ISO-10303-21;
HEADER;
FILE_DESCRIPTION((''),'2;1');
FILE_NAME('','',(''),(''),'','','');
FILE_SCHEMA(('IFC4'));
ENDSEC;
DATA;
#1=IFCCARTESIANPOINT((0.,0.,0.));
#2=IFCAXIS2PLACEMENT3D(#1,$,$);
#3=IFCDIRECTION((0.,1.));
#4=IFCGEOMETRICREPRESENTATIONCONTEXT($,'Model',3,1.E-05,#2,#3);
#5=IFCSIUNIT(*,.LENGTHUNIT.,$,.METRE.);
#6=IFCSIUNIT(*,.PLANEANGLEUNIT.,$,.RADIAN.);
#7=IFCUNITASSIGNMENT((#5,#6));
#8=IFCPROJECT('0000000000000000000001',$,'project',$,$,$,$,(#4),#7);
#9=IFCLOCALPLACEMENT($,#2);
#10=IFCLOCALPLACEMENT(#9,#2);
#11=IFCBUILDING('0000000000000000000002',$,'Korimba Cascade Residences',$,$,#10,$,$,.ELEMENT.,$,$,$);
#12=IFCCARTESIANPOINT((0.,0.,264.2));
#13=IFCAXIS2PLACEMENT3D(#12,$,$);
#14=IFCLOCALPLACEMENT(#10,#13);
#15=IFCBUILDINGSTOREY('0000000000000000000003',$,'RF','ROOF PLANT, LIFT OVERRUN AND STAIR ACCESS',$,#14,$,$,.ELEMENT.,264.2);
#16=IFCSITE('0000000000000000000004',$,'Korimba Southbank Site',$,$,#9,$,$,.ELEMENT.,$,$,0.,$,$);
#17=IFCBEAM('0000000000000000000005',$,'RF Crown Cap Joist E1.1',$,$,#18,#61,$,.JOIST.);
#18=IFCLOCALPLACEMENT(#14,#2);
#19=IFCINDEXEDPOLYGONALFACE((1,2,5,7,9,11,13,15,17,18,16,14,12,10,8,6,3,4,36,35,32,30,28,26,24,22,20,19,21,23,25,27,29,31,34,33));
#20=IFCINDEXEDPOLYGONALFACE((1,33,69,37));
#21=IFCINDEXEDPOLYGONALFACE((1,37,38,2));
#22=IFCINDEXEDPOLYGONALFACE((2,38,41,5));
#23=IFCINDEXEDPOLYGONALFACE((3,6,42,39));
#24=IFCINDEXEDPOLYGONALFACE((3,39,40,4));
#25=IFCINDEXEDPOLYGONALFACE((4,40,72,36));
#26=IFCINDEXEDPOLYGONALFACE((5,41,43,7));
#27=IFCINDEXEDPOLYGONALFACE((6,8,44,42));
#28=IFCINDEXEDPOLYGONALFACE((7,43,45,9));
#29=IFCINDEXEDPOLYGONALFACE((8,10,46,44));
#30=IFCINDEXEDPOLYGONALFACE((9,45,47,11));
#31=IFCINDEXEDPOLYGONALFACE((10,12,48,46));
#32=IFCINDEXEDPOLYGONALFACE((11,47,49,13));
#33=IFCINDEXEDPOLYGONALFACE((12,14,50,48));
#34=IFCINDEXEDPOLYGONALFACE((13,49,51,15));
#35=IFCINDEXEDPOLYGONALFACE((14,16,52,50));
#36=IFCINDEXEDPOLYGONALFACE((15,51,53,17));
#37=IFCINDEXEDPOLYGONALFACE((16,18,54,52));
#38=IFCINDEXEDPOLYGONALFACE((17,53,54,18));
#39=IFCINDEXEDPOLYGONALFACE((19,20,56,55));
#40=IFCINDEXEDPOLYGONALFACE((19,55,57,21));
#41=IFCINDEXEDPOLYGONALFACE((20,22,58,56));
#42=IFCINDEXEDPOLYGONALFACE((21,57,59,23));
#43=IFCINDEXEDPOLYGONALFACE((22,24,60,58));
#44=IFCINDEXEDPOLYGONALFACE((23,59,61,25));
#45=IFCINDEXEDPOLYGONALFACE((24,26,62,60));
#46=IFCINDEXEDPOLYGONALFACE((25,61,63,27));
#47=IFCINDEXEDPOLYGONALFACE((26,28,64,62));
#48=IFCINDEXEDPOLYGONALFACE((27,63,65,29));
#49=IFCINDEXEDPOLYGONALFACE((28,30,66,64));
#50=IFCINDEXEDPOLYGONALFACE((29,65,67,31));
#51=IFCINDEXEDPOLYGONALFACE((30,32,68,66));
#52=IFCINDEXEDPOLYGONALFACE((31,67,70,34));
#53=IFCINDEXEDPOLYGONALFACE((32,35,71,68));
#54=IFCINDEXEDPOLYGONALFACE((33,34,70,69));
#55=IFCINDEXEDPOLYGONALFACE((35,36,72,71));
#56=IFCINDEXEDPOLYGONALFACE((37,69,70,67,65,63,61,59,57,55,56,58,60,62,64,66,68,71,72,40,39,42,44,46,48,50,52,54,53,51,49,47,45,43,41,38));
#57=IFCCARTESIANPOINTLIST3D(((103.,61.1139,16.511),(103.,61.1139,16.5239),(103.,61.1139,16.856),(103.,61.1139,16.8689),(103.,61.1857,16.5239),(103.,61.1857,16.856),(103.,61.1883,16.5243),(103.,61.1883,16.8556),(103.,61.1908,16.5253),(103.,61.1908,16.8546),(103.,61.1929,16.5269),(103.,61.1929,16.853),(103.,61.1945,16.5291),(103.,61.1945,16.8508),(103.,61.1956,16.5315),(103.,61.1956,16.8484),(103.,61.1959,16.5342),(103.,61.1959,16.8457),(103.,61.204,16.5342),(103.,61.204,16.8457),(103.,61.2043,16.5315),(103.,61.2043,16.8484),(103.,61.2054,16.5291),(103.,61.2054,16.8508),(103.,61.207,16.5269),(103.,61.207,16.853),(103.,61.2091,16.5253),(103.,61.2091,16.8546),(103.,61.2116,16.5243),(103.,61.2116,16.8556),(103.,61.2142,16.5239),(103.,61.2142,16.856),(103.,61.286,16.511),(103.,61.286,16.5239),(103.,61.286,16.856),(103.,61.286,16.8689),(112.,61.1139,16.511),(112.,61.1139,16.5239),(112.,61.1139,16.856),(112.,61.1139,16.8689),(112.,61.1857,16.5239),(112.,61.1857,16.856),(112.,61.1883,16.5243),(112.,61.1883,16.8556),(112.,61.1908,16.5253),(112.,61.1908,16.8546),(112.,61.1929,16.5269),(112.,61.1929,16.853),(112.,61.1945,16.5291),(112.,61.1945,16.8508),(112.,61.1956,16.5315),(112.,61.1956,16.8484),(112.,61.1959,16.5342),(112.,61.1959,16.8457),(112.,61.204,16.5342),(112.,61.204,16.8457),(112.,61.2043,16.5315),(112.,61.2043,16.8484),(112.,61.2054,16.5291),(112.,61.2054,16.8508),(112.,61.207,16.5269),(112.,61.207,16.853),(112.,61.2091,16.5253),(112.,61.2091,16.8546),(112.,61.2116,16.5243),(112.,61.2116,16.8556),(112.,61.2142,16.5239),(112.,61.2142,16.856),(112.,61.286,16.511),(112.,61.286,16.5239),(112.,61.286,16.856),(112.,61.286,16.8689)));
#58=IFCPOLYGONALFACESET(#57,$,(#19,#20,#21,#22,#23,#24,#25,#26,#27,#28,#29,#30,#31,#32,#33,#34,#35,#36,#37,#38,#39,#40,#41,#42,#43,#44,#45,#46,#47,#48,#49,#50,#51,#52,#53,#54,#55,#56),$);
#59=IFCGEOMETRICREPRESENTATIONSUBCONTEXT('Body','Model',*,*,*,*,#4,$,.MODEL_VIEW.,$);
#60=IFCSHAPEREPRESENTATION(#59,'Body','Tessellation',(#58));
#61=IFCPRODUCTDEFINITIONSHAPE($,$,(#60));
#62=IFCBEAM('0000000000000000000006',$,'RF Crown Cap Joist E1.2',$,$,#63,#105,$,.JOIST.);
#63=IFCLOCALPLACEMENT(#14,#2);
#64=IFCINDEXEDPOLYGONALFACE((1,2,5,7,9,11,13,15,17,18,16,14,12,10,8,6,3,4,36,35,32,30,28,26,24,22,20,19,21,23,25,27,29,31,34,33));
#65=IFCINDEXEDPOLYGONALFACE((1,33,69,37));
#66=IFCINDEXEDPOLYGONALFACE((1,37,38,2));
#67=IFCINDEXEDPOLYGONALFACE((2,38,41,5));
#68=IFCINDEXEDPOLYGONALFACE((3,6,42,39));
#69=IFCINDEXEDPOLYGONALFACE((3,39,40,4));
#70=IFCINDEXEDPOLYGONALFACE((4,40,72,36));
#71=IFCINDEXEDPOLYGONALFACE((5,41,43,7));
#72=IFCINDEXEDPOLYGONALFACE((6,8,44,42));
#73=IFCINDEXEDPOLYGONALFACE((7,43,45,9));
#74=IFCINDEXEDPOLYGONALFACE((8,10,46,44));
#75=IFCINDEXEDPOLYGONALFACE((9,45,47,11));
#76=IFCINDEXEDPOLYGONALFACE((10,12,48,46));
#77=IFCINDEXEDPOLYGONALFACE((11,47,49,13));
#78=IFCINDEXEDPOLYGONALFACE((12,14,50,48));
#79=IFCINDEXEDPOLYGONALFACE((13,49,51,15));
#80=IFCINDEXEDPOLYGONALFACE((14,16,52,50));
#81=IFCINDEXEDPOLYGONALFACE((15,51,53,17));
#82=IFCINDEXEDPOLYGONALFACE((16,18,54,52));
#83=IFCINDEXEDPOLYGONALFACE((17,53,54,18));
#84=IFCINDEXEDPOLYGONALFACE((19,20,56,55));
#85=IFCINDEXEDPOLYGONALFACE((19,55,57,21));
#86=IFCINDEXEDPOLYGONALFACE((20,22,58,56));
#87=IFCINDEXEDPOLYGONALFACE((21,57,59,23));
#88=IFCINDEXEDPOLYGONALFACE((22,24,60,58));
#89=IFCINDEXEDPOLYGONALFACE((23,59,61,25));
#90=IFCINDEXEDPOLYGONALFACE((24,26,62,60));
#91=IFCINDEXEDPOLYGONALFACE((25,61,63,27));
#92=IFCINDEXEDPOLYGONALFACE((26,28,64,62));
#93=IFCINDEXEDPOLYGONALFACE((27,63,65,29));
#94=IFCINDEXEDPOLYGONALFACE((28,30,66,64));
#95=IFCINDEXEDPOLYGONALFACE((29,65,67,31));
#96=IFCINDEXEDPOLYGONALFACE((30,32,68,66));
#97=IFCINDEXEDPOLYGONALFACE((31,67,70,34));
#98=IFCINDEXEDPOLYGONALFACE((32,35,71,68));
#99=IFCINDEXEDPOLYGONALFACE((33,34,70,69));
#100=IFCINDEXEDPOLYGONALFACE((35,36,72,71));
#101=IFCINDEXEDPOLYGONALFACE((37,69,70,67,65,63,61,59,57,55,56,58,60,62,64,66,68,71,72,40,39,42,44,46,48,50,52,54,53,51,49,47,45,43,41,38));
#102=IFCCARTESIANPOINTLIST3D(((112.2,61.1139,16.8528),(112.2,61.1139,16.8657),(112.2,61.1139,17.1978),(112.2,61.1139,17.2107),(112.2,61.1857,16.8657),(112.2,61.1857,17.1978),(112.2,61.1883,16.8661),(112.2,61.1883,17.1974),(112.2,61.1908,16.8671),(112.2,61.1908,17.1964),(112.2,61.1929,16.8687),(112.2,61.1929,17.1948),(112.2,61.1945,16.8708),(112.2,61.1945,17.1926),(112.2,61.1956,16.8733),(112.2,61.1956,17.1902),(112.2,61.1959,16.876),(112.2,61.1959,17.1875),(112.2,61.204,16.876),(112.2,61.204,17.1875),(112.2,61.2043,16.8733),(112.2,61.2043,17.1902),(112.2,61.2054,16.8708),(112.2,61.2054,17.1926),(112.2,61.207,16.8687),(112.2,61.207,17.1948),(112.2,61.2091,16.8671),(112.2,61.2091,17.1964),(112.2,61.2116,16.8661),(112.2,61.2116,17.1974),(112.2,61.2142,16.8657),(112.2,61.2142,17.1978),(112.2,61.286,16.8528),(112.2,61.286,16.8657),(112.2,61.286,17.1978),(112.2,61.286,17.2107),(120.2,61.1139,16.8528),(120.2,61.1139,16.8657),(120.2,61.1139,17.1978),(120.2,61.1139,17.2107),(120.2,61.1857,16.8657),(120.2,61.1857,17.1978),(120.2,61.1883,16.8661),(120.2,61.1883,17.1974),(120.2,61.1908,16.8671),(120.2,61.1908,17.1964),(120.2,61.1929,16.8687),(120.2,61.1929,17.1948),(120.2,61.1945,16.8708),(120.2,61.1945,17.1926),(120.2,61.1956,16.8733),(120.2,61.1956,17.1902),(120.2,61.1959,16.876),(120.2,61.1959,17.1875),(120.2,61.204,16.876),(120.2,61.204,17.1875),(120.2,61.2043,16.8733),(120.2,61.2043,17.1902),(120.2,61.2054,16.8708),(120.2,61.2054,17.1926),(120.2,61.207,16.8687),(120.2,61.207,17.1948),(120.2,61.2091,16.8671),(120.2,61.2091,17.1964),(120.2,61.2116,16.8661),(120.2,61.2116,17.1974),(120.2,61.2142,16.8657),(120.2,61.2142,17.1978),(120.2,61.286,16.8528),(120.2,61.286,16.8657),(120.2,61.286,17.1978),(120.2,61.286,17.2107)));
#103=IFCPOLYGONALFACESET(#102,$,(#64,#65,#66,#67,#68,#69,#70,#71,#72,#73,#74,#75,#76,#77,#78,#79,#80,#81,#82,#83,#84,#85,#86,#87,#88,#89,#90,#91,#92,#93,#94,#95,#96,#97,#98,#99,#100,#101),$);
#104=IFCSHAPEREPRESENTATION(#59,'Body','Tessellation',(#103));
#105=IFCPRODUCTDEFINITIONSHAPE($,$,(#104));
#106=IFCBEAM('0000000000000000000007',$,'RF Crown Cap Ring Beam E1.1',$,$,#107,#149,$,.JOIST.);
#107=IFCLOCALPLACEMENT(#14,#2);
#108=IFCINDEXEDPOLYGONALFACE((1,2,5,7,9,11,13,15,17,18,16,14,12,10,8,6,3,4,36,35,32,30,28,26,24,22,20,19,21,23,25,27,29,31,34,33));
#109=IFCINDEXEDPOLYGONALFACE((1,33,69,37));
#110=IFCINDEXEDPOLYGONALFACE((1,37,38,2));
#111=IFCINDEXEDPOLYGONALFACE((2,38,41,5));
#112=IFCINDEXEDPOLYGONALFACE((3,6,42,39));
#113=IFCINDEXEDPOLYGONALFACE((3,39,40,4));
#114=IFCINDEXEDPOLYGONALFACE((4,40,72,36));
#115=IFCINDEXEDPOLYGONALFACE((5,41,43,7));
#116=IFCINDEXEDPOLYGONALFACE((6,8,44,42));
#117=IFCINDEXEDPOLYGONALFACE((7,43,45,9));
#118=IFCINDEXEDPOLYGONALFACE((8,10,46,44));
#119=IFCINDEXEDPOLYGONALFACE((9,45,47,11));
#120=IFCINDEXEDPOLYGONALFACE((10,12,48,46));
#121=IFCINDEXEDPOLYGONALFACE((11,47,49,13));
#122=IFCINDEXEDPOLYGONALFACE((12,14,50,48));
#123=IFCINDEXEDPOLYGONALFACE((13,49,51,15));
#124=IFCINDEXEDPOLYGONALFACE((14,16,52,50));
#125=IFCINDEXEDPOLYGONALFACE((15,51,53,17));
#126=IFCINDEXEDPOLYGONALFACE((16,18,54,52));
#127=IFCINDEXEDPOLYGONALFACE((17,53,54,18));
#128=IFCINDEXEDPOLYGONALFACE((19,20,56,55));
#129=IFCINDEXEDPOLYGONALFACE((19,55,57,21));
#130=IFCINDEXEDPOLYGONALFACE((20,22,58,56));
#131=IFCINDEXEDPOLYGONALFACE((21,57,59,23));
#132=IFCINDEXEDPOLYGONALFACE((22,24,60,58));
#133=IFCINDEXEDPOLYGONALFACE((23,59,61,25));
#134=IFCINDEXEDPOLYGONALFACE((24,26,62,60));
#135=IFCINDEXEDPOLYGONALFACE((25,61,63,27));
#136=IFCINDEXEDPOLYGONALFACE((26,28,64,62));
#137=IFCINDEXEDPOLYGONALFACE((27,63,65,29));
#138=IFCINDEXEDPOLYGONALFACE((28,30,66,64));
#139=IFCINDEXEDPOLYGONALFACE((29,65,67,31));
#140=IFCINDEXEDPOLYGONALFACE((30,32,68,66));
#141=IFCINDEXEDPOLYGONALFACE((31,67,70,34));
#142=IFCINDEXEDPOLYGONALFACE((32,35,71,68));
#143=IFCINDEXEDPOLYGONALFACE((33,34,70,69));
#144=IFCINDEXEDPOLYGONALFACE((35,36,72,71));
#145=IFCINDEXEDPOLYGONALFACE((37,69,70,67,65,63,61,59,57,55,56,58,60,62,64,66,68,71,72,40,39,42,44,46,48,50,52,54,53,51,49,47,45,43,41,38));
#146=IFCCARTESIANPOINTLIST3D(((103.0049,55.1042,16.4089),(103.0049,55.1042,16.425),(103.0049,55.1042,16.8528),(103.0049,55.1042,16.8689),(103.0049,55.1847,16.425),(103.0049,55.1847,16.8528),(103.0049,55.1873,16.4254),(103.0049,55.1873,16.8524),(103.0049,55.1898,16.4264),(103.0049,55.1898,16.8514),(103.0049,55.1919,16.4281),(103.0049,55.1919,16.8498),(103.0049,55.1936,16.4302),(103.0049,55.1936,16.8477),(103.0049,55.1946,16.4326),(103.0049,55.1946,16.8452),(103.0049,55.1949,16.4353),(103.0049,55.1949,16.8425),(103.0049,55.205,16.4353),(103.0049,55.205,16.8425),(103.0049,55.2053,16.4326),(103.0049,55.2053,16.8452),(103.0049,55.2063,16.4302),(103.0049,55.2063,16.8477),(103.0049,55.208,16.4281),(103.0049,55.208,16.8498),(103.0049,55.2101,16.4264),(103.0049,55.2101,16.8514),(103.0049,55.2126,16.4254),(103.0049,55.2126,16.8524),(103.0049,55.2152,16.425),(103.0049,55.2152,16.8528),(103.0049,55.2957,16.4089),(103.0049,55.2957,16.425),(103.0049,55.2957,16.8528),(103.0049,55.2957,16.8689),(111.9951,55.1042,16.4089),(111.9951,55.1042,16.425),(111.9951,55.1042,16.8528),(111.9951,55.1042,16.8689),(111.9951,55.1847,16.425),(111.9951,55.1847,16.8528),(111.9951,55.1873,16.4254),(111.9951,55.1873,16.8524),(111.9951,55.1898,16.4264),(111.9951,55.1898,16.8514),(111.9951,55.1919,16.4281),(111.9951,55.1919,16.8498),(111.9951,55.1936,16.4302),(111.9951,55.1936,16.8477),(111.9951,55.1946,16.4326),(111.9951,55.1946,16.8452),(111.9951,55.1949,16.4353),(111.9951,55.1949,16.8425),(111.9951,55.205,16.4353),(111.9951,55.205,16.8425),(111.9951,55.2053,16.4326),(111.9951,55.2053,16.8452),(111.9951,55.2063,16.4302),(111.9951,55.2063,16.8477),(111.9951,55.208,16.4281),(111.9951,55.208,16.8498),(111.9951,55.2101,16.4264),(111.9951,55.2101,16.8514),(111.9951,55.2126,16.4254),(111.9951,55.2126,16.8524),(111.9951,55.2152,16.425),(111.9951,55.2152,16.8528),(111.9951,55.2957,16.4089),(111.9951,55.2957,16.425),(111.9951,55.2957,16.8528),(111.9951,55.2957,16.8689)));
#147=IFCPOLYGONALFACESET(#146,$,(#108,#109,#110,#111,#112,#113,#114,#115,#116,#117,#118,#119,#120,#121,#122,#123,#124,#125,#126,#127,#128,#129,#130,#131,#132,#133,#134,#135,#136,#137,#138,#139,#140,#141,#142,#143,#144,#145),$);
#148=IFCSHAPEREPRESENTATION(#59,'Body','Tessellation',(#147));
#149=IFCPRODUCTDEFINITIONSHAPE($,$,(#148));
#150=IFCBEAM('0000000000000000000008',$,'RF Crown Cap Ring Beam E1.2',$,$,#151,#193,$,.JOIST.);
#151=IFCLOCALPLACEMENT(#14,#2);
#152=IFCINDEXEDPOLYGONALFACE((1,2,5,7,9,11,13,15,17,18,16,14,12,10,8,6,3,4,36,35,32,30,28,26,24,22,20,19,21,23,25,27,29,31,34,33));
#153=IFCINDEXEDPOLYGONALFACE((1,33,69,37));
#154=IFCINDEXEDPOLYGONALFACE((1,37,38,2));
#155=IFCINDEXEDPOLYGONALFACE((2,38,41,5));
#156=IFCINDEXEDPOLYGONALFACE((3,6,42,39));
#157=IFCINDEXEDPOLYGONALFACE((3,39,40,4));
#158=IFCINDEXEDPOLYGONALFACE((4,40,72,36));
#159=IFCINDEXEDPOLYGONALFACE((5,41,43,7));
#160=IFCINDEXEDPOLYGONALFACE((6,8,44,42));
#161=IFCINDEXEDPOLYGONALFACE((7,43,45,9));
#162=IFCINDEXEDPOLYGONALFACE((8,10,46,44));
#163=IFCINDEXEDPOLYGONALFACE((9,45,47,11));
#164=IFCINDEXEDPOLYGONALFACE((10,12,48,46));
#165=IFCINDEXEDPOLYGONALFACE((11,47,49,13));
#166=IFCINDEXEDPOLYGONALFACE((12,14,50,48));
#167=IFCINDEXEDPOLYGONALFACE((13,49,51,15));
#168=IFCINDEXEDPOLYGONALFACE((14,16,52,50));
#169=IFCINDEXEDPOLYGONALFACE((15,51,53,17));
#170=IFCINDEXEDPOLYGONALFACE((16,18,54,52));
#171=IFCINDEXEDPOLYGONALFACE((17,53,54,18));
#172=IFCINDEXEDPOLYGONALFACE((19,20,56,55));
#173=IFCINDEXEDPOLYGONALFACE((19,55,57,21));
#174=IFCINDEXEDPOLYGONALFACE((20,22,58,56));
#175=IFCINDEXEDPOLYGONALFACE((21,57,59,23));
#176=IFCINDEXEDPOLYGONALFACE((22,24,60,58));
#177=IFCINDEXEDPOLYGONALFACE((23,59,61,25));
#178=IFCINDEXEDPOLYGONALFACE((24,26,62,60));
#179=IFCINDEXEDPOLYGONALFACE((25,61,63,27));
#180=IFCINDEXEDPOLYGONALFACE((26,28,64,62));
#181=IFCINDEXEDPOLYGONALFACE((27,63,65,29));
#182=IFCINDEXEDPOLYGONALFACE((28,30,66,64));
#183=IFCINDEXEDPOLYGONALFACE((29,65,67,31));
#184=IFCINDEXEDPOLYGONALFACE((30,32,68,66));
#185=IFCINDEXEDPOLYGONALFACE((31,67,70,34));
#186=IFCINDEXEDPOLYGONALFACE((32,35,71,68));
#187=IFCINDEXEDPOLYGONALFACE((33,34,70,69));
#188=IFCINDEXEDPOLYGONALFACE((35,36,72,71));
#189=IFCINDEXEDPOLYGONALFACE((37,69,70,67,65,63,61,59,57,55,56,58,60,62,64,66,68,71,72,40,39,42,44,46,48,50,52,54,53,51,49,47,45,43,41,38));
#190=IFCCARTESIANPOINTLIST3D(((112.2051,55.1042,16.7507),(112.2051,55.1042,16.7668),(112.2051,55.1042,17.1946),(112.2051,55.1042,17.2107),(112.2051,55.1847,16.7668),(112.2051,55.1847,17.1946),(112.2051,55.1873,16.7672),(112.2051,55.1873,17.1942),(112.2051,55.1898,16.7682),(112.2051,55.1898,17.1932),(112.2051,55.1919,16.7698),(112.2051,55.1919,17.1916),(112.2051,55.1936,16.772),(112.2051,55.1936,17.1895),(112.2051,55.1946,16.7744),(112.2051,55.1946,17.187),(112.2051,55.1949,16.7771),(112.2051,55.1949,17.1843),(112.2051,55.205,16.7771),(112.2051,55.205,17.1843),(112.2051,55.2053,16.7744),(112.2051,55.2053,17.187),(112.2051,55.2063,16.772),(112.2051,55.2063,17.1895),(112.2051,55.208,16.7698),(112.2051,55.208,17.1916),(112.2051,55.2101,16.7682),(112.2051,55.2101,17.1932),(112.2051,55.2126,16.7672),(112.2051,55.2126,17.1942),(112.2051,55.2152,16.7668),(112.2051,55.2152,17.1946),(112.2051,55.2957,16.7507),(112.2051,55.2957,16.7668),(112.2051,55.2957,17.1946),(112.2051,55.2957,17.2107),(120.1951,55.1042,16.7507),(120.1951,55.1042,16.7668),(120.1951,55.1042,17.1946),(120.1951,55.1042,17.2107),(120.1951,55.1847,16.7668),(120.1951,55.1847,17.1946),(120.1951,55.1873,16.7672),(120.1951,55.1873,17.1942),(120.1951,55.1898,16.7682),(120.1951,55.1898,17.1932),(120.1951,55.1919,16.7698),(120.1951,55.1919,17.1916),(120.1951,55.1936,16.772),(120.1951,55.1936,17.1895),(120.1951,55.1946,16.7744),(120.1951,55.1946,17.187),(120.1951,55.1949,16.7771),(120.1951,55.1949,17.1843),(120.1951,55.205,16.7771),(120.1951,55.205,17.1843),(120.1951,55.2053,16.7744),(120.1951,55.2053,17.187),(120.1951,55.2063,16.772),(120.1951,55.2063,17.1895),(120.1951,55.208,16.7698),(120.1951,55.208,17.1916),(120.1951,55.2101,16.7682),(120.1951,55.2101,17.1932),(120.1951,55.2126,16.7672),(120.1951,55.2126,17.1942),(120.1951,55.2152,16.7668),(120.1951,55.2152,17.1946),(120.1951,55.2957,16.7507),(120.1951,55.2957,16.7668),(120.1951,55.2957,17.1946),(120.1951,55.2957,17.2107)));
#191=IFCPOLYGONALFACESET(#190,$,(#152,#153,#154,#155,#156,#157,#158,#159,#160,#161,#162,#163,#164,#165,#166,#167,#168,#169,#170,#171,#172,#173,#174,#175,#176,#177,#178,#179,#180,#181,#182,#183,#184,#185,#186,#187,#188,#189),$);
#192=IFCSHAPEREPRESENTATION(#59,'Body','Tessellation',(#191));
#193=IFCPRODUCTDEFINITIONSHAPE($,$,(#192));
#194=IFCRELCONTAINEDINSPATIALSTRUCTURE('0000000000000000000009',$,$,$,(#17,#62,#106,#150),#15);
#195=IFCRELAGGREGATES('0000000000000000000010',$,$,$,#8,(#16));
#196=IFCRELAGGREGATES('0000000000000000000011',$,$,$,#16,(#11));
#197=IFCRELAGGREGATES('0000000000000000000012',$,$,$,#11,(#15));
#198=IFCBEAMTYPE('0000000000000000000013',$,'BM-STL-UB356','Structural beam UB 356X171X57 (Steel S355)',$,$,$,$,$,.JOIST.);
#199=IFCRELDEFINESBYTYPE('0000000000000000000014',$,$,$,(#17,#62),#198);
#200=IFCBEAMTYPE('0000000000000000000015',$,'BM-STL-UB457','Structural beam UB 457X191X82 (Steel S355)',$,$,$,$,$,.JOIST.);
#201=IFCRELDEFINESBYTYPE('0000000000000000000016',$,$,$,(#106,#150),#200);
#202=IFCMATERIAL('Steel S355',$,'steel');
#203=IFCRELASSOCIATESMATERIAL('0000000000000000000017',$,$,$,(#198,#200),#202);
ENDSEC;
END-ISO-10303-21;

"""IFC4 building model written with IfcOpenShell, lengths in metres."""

from ifc_helpers import new_model, si_unit, direction, frame, origin, origin_2d, place, context, subcontext, project, spatial, i_section, extrude, material, material_profile, profile_set, type_object, element, save


model = new_model("IFC4")

# Units and contexts
model_context = context("Model", 3, precision=1e-05, world=origin(), true_north=direction((0.0, 1.0)))
body_context = subcontext(model_context, "Body", "Model", "MODEL_VIEW")
ifc_project = project(units=[si_unit("LENGTHUNIT", "METRE"), si_unit("PLANEANGLEUNIT", "RADIAN")], contexts=[model_context])

# Site, building, storey
site_placement = place(None, origin())
site = spatial("IfcSite", under=ifc_project, at=site_placement, Name="Korimba Southbank Site", CompositionType="ELEMENT", RefElevation=0.0)
building_placement = place(site_placement, origin())
building = spatial("IfcBuilding", under=site, at=building_placement, Name="Korimba Cascade Residences", CompositionType="ELEMENT")
storey_placement = place(building_placement, frame((0.0, 0.0, 264.2)))
storey = spatial("IfcBuildingStorey", under=building, at=storey_placement, Name="RF", Description="ROOF PLANT, LIFT OVERRUN AND STAIR ACCESS", CompositionType="ELEMENT", Elevation=264.2)

# Beams
ifc_material_1 = material(Name="Steel S355", Category="steel")
ifc_material_profile_1 = material_profile(ifc_material_1, i_section(OverallWidth=0.1721, OverallDepth=0.3579, WebThickness=0.0081, FlangeThickness=0.0129, FilletRadius=0.0103, at=origin_2d()), Name="Steel S355")
ifc_profile_set_1 = profile_set([ifc_material_profile_1], Name="Steel S355")
beam_type_1 = type_object("IfcBeamType", Name="BM-STL-UB356", Description="Structural beam UB 356X171X57 (Steel S355)", PredefinedType="JOIST", material=ifc_profile_set_1)
beam_1_placement = place(storey_placement, frame((103.0, 61.2, 16.6899), z_axis=(1.0, 0.0, 0.0), x_axis=(0.0, 1.0, 0.0)))
element("IfcBeam", 1, at=beam_1_placement, inside=storey, type_object=beam_type_1, Name="RF Crown Cap Joist E1.1", PredefinedType="JOIST", context=body_context, shape_type="SweptSolid", body=[
    extrude(i_section(OverallWidth=0.1721, OverallDepth=0.3579, WebThickness=0.0081, FlangeThickness=0.0129, FilletRadius=0.0103, at=origin_2d()), origin(), (0.0, 0.0, 1.0), 9.0),
])
beam_2_placement = place(storey_placement, frame((112.2, 61.2, 17.0317), z_axis=(1.0, 0.0, 0.0), x_axis=(0.0, 1.0, 0.0)))
element("IfcBeam", 2, at=beam_2_placement, inside=storey, type_object=beam_type_1, Name="RF Crown Cap Joist E1.2", PredefinedType="JOIST", context=body_context, shape_type="SweptSolid", body=[
    extrude(i_section(OverallWidth=0.1721, OverallDepth=0.3579, WebThickness=0.0081, FlangeThickness=0.0129, FilletRadius=0.0103, at=origin_2d()), origin(), (0.0, 0.0, 1.0), 8.0),
])
ifc_material_profile_2 = material_profile(ifc_material_1, i_section(OverallWidth=0.1914, OverallDepth=0.46, WebThickness=0.01, FlangeThickness=0.0161, FilletRadius=0.0103, at=origin_2d()), Name="Steel S355")
ifc_profile_set_2 = profile_set([ifc_material_profile_2], Name="Steel S355")
beam_type_2 = type_object("IfcBeamType", Name="BM-STL-UB457", Description="Structural beam UB 457X191X82 (Steel S355)", PredefinedType="JOIST", material=ifc_profile_set_2)
beam_3_placement = place(storey_placement, frame((103.0049, 55.2, 16.6389), z_axis=(1.0, 0.0, 0.0), x_axis=(0.0, 1.0, 0.0)))
element("IfcBeam", 3, at=beam_3_placement, inside=storey, type_object=beam_type_2, Name="RF Crown Cap Ring Beam E1.1", PredefinedType="JOIST", context=body_context, shape_type="SweptSolid", body=[
    extrude(i_section(OverallWidth=0.1914, OverallDepth=0.46, WebThickness=0.01, FlangeThickness=0.0161, FilletRadius=0.0103, at=origin_2d()), origin(), (0.0, 0.0, 1.0), 8.9902),
])
beam_4_placement = place(storey_placement, frame((112.2051, 55.2, 16.9807), z_axis=(1.0, 0.0, 0.0), x_axis=(0.0, 1.0, 0.0)))
element("IfcBeam", 4, at=beam_4_placement, inside=storey, type_object=beam_type_2, Name="RF Crown Cap Ring Beam E1.2", PredefinedType="JOIST", context=body_context, shape_type="SweptSolid", body=[
    extrude(i_section(OverallWidth=0.1914, OverallDepth=0.46, WebThickness=0.01, FlangeThickness=0.0161, FilletRadius=0.0103, at=origin_2d()), origin(), (0.0, 0.0, 1.0), 7.99),
])

save(model, "model.ifc")
